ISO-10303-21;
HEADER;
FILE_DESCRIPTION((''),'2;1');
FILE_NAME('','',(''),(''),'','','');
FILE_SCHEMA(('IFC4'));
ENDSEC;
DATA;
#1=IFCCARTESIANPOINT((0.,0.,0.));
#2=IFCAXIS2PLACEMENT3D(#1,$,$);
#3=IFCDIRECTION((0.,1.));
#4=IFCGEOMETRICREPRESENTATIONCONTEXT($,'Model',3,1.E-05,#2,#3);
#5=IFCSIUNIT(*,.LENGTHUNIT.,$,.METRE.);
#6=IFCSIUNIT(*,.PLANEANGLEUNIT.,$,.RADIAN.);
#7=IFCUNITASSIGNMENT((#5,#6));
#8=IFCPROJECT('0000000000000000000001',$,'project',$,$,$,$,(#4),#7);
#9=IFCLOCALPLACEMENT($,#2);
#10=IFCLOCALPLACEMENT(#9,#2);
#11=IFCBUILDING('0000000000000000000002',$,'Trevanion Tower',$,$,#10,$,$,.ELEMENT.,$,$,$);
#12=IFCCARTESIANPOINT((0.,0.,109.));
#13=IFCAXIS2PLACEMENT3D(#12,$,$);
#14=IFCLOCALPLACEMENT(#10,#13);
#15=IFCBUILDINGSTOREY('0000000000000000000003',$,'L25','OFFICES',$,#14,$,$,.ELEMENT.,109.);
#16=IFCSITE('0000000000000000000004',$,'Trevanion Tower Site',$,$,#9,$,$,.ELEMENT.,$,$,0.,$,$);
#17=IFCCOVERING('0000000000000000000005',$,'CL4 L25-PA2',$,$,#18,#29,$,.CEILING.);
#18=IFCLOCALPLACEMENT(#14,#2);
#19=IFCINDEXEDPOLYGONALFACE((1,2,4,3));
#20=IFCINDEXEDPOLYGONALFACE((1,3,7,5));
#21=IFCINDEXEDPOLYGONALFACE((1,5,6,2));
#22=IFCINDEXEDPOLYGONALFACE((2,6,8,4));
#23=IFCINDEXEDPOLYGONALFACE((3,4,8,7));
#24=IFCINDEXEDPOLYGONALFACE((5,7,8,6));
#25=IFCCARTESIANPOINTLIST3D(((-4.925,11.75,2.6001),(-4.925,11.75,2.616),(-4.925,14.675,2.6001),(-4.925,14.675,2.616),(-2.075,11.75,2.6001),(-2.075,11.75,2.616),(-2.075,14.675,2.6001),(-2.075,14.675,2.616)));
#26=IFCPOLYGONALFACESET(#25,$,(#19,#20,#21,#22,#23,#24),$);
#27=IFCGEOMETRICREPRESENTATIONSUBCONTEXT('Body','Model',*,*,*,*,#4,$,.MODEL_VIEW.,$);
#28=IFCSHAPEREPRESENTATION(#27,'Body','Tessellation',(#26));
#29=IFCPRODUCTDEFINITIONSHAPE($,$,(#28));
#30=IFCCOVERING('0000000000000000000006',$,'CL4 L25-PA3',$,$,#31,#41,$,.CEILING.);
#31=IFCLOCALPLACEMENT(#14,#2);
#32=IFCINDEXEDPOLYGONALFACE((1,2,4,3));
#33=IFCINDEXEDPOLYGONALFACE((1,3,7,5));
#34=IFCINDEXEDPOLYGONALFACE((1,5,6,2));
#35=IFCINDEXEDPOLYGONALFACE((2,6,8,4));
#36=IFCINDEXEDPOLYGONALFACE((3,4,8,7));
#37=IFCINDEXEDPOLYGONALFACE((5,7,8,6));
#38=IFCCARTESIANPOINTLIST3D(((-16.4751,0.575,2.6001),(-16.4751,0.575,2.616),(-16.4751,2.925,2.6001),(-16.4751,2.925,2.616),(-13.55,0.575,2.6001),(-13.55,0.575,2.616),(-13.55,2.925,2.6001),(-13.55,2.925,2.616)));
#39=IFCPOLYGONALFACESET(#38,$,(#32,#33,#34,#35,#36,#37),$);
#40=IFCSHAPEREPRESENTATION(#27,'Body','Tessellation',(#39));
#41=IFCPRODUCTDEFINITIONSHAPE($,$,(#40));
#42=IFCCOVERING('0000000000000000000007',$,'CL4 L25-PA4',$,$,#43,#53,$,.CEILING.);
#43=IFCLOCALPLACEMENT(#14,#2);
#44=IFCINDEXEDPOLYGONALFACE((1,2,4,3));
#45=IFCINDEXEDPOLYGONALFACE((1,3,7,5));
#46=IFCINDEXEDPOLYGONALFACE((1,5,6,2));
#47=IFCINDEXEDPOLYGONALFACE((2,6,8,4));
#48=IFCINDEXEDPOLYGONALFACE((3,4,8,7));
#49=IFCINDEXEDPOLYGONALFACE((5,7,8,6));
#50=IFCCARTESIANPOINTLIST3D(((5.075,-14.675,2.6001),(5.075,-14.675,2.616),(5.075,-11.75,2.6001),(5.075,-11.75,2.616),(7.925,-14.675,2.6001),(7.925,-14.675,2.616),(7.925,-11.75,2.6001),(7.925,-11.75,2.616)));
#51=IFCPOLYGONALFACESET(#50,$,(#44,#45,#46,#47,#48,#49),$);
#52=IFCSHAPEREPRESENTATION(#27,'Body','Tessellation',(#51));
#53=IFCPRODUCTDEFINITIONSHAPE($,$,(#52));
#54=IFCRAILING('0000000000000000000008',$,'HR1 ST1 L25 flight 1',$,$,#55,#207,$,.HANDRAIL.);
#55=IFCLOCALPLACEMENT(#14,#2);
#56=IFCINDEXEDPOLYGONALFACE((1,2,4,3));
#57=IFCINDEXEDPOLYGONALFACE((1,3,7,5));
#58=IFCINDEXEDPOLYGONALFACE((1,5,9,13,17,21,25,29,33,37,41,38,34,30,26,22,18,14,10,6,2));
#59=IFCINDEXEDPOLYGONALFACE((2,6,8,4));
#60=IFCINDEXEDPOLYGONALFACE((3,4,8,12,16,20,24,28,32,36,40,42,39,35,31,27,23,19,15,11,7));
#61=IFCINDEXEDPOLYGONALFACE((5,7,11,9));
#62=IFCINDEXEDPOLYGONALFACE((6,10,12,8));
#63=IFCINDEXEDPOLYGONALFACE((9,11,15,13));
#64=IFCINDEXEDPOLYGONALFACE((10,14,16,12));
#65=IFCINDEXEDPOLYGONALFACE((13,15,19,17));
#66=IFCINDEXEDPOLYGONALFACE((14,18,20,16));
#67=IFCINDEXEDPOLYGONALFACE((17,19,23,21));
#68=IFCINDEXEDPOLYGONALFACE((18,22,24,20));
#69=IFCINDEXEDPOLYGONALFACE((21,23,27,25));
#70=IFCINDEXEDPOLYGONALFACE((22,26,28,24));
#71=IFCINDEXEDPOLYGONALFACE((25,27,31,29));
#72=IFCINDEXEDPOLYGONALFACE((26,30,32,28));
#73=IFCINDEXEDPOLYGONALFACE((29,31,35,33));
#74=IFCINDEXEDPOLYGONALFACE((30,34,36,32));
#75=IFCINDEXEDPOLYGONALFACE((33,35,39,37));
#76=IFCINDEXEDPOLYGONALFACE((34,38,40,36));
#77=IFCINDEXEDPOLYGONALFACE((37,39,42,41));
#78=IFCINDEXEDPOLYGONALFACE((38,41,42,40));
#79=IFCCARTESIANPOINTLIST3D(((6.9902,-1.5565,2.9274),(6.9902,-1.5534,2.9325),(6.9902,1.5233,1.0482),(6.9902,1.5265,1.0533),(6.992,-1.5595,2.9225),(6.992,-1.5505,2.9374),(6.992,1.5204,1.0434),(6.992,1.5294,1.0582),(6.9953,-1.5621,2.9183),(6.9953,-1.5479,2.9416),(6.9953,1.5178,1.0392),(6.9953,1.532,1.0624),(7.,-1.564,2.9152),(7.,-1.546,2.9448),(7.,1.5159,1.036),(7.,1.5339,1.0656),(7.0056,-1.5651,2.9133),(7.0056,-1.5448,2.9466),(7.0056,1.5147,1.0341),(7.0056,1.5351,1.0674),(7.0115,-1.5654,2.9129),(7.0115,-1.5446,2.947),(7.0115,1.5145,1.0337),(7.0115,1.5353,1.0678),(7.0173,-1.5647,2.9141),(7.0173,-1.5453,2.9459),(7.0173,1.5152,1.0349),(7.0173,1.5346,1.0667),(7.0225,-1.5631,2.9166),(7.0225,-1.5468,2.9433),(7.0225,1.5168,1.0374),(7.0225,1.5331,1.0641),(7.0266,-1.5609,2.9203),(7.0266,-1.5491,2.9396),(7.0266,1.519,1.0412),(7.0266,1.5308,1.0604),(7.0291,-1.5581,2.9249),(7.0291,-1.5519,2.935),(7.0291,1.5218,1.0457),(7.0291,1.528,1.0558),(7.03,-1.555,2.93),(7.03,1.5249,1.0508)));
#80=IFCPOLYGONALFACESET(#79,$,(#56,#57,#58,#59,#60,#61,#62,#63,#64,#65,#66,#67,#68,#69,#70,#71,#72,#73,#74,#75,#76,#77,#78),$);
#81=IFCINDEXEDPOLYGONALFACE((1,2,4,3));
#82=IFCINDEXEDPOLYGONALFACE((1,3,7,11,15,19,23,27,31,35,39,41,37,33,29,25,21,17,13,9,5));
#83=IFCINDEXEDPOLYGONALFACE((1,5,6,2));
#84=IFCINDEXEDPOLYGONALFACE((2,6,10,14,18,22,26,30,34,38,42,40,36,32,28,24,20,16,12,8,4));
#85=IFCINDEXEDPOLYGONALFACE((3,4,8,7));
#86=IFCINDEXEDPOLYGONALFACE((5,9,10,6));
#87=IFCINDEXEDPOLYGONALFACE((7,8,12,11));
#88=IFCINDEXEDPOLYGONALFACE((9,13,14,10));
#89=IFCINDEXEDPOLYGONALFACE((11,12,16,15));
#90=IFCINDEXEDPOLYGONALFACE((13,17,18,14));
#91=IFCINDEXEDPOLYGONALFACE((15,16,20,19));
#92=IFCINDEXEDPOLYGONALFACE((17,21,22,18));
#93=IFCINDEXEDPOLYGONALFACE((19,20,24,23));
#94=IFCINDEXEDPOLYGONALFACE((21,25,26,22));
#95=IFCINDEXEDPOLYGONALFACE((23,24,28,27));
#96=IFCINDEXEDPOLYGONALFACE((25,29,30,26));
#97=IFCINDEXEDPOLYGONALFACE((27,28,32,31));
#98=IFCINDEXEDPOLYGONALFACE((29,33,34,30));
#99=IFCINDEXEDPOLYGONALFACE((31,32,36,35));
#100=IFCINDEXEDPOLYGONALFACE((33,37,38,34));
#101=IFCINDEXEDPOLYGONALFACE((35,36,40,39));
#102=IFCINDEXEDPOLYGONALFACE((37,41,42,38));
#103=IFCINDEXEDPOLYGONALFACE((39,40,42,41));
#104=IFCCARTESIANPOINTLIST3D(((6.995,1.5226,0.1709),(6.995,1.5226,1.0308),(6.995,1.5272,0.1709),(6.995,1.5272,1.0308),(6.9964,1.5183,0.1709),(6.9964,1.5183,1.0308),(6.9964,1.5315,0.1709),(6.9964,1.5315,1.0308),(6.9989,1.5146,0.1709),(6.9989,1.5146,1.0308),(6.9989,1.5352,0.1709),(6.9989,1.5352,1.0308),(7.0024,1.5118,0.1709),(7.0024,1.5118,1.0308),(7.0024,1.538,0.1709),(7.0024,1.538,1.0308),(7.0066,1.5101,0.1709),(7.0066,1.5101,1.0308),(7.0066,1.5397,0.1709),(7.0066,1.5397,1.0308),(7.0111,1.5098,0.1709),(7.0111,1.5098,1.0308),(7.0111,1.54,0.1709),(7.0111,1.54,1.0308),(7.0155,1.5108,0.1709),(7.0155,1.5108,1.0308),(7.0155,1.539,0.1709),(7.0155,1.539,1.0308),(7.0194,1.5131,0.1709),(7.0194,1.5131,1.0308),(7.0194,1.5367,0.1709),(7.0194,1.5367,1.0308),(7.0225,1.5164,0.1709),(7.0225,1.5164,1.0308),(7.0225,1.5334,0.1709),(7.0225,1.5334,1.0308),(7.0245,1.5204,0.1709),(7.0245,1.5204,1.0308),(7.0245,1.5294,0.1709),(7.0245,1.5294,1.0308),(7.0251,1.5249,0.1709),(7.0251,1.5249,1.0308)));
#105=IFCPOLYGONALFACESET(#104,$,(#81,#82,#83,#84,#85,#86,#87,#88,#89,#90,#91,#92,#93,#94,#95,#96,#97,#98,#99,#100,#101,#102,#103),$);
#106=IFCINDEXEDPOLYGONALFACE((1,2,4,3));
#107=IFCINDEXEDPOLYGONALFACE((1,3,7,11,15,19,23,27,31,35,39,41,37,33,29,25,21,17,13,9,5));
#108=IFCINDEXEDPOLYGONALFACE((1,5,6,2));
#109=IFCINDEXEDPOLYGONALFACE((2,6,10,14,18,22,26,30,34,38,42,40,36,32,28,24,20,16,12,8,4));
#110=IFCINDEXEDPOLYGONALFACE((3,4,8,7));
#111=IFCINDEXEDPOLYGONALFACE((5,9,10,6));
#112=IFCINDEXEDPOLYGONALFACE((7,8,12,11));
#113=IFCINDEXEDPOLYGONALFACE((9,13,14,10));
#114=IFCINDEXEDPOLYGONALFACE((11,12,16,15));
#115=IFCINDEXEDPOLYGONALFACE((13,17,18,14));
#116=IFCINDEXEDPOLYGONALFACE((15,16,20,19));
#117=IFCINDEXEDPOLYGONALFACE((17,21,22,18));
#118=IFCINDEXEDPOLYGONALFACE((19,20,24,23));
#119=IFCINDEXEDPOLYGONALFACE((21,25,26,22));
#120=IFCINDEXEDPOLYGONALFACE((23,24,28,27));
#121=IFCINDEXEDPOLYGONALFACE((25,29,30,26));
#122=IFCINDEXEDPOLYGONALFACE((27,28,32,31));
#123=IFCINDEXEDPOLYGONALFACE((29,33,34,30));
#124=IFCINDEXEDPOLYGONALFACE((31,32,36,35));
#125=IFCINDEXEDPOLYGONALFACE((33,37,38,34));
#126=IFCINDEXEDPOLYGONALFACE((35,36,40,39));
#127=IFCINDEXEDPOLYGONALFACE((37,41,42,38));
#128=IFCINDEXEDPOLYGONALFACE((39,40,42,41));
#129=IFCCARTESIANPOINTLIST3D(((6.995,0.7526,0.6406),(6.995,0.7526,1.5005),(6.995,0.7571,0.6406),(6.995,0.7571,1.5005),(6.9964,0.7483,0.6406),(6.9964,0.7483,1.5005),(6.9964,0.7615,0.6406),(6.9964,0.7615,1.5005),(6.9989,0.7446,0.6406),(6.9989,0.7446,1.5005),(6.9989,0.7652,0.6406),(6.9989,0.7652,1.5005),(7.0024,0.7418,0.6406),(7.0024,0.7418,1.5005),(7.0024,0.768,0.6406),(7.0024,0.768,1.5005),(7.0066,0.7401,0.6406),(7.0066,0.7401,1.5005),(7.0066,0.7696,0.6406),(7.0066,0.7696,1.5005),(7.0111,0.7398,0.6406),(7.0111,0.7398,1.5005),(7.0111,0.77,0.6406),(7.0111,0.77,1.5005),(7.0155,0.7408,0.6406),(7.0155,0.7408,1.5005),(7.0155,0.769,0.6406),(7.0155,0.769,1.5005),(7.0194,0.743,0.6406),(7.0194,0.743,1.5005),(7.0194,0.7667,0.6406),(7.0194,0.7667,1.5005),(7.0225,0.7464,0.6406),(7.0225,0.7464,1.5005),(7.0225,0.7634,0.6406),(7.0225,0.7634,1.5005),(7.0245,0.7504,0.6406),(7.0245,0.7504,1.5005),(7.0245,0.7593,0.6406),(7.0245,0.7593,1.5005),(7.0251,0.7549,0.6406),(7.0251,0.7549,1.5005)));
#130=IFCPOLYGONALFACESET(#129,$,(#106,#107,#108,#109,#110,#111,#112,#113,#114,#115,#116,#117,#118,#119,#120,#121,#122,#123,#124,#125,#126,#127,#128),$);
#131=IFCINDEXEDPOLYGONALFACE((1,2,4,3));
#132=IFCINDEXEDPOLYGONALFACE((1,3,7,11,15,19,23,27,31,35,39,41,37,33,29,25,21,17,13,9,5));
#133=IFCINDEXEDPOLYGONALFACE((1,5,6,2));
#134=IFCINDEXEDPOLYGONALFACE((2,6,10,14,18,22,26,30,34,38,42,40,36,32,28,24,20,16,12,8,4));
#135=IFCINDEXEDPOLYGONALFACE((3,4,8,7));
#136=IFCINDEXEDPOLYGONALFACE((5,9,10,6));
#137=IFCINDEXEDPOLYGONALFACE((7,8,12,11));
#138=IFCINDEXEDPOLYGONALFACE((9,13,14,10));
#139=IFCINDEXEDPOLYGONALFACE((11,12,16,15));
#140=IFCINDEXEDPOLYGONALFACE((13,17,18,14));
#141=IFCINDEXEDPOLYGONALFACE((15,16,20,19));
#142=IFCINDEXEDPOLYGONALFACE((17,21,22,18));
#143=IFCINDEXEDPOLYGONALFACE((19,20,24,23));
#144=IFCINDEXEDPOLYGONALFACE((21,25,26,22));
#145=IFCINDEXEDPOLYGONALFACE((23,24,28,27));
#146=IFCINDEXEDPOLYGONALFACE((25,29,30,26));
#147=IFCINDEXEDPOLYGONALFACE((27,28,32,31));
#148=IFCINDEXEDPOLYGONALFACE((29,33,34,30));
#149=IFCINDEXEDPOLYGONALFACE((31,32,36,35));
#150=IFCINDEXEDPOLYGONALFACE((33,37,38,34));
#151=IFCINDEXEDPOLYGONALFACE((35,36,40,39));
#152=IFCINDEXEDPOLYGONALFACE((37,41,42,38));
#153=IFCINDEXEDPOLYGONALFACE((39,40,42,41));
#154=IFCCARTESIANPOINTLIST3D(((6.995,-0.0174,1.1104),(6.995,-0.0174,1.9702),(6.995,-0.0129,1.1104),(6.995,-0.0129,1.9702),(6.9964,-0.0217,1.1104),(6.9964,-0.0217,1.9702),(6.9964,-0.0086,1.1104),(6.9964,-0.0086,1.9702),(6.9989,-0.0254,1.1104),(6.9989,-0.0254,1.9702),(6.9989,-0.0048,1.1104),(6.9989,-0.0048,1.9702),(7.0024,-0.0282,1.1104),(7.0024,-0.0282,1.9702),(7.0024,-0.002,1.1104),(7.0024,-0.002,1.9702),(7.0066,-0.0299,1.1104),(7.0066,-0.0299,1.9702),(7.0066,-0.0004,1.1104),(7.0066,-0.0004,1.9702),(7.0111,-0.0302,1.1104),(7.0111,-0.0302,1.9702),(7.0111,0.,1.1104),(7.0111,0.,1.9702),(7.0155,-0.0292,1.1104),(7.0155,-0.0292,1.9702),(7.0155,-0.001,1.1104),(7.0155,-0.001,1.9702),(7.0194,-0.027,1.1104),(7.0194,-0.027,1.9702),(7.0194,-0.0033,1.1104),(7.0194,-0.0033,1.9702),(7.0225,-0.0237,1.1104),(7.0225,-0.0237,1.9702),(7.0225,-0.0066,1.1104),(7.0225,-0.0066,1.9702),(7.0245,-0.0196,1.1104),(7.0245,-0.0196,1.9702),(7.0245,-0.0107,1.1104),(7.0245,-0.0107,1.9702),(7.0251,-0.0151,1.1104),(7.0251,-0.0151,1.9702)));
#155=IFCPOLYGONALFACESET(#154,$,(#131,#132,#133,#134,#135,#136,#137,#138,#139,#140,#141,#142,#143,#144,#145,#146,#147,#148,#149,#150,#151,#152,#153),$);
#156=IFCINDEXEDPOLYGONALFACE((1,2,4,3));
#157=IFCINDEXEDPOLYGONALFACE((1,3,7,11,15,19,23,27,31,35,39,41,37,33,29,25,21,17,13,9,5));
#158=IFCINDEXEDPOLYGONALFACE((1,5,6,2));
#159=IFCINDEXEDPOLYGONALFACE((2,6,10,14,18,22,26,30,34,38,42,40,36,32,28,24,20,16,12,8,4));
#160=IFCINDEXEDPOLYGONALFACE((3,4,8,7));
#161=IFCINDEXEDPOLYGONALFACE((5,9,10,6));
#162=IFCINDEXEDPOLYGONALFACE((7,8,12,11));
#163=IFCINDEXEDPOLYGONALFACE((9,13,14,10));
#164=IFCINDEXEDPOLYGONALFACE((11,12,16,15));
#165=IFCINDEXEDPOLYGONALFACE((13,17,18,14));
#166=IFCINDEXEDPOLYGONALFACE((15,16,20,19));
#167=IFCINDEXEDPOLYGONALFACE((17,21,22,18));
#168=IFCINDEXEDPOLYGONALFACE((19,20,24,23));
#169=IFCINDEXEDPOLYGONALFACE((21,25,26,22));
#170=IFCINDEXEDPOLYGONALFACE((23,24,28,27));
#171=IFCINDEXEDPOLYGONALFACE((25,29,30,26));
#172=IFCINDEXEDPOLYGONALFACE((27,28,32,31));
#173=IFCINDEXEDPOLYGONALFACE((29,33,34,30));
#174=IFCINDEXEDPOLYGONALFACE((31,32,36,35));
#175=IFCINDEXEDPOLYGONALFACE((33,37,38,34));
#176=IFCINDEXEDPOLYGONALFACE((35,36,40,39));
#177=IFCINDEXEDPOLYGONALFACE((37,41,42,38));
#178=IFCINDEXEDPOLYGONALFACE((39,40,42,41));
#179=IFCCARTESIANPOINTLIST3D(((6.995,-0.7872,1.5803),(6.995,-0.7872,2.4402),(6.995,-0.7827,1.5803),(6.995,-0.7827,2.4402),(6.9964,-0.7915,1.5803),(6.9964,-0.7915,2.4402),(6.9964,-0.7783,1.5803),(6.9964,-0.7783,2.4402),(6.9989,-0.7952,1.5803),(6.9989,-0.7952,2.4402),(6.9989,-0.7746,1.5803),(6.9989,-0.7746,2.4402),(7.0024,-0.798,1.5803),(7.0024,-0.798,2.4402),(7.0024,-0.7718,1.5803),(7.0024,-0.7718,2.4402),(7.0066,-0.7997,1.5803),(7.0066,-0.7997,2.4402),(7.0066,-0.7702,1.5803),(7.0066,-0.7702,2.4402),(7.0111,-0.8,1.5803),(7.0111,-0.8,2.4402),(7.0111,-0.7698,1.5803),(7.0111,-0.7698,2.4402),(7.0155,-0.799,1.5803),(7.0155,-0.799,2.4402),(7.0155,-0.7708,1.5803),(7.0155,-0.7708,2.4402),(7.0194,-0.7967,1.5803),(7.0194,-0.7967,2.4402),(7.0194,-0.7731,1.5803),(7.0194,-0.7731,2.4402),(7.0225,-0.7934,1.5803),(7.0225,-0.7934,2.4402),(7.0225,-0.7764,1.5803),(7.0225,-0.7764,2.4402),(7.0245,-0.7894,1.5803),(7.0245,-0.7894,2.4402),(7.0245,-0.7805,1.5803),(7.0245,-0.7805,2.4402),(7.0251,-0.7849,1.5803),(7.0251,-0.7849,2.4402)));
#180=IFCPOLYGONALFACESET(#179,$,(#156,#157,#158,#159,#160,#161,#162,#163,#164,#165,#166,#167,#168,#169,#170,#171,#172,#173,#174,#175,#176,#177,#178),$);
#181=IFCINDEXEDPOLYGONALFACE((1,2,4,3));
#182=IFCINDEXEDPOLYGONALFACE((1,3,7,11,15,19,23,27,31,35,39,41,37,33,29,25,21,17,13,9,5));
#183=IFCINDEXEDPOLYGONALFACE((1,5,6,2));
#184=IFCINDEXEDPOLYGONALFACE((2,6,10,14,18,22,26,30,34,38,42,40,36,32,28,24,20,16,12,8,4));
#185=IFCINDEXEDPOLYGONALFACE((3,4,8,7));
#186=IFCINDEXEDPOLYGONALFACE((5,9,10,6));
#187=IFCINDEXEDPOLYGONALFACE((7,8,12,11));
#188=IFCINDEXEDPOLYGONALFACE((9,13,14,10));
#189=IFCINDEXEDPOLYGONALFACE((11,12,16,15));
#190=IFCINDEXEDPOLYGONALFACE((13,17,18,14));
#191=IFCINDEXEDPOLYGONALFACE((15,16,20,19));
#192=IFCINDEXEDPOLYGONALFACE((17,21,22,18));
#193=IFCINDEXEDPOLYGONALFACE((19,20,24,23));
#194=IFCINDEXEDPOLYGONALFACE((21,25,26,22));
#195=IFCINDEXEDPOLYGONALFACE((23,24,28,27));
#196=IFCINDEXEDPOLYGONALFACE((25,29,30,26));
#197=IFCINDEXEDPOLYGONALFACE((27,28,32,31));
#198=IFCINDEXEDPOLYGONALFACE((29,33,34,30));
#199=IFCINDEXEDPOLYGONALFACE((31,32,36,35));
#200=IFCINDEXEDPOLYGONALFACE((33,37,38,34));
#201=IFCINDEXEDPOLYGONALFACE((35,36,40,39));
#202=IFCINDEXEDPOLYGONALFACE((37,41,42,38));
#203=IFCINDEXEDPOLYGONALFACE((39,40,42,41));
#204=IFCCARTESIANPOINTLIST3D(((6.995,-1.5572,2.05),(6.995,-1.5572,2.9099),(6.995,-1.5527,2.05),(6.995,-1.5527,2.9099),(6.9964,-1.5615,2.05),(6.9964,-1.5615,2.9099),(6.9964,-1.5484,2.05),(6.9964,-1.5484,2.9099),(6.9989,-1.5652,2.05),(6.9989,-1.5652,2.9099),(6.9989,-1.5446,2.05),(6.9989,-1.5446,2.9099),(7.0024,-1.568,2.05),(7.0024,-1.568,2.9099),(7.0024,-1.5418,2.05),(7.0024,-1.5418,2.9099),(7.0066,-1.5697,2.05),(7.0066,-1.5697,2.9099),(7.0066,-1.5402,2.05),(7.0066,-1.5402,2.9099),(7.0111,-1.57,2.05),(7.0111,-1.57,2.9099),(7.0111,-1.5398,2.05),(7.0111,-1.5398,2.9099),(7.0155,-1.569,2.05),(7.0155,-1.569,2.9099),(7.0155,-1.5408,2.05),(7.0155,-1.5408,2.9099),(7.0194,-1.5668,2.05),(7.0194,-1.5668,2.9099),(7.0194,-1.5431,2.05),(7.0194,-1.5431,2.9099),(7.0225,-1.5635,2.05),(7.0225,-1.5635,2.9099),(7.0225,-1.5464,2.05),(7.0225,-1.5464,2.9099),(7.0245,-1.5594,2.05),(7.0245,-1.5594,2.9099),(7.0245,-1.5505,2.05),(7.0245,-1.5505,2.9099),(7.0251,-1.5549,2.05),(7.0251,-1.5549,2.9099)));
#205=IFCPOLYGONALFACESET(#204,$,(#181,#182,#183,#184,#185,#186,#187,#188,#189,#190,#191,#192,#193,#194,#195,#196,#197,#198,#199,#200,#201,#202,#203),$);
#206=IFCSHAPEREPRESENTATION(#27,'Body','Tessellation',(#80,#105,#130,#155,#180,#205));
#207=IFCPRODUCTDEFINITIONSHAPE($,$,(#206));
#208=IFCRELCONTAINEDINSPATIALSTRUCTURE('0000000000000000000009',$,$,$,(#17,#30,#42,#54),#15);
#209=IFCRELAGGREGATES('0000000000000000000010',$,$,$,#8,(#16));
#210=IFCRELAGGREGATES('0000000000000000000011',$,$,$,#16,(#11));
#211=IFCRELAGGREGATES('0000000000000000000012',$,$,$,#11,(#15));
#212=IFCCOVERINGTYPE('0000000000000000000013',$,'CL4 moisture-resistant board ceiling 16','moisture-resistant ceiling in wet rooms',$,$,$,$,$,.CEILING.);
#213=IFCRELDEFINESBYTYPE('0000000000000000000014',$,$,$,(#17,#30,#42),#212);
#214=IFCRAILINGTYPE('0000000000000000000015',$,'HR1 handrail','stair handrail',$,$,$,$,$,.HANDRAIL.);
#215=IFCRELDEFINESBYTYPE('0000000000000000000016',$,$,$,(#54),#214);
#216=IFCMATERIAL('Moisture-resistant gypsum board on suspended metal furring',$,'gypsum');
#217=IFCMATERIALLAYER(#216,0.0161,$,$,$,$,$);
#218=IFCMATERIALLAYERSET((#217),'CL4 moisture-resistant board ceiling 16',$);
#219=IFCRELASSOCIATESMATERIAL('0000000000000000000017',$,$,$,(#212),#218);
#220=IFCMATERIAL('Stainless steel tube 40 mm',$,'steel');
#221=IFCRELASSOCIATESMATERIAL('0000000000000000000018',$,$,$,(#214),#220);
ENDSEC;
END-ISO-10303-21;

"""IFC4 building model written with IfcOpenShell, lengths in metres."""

from ifc_helpers import new_model, si_unit, direction, frame, origin, origin_2d, place, context, subcontext, project, spatial, polyline, circle, outline, extrude, material, layer, layer_set, type_object, element, save


model = new_model("IFC4")

# Units and contexts
model_context = context("Model", 3, precision=1e-05, world=origin(), true_north=direction((0.0, 1.0)))
body_context = subcontext(model_context, "Body", "Model", "MODEL_VIEW")
ifc_project = project(units=[si_unit("LENGTHUNIT", "METRE"), si_unit("PLANEANGLEUNIT", "RADIAN")], contexts=[model_context])

# Site, building, storey
site_placement = place(None, origin())
site = spatial("IfcSite", under=ifc_project, at=site_placement, Name="Trevanion Tower Site", CompositionType="ELEMENT", RefElevation=0.0)
building_placement = place(site_placement, origin())
building = spatial("IfcBuilding", under=site, at=building_placement, Name="Trevanion Tower", CompositionType="ELEMENT")
storey_placement = place(building_placement, frame((0.0, 0.0, 109.0)))
storey = spatial("IfcBuildingStorey", under=building, at=storey_placement, Name="L25", Description="OFFICES", CompositionType="ELEMENT", Elevation=109.0)

# Coverings
ifc_material_1 = material(Name="Moisture-resistant gypsum board on suspended metal furring", Category="gypsum")
ifc_layer_1 = layer(ifc_material_1, 0.0161)
ifc_layer_set_1 = layer_set([ifc_layer_1], Name="CL4 moisture-resistant board ceiling 16")
covering_type_1 = type_object("IfcCoveringType", Name="CL4 moisture-resistant board ceiling 16", Description="moisture-resistant ceiling in wet rooms", PredefinedType="CEILING", material=ifc_layer_set_1)
covering_1_placement = place(storey_placement, frame((0.0, 0.0, 2.6001)))
element("IfcCovering", 1, at=covering_1_placement, inside=storey, type_object=covering_type_1, Name="CL4 L25-PA2", PredefinedType="CEILING", context=body_context, shape_type="SweptSolid", body=[
    extrude(outline(polyline([(-4.925, 14.675), (-2.075, 14.675), (-2.075, 11.75), (-4.925, 11.75), (-4.925, 14.675)])), origin(), (0.0, 0.0, 1.0), 0.0159),
])
covering_2_placement = place(storey_placement, frame((0.0, 0.0, 2.6001)))
element("IfcCovering", 2, at=covering_2_placement, inside=storey, type_object=covering_type_1, Name="CL4 L25-PA3", PredefinedType="CEILING", context=body_context, shape_type="SweptSolid", body=[
    extrude(outline(polyline([(-13.55, 2.925), (-13.55, 0.575), (-16.4751, 0.575), (-16.4751, 2.925), (-13.55, 2.925)])), origin(), (0.0, 0.0, 1.0), 0.0159),
])
covering_3_placement = place(storey_placement, frame((0.0, 0.0, 2.6001)))
element("IfcCovering", 3, at=covering_3_placement, inside=storey, type_object=covering_type_1, Name="CL4 L25-PA4", PredefinedType="CEILING", context=body_context, shape_type="SweptSolid", body=[
    extrude(outline(polyline([(7.925, -14.675), (5.075, -14.675), (5.075, -11.75), (7.925, -11.75), (7.925, -14.675)])), origin(), (0.0, 0.0, 1.0), 0.0159),
])

# Railing
ifc_material_2 = material(Name="Stainless steel tube 40 mm", Category="steel")
railing_type = type_object("IfcRailingType", Name="HR1 handrail", Description="stair handrail", PredefinedType="HANDRAIL", material=ifc_material_2)
for number, where, name in (
    (4, (7.01, 1.5249, 0.1709), "HR1 ST1 L25 flight 1"),
):
    element("IfcRailing", number, at=place(storey_placement, frame(where)), inside=storey, type_object=railing_type, Name=name, PredefinedType="HANDRAIL", context=body_context, shape_type="SweptSolid", body=[
        extrude(circle(Radius=0.02, at=origin_2d()), frame((0.0, 0.0, 0.8799), z_axis=(0.0, -0.853648, 0.52085), x_axis=(1.0, 0.0, 0.0)), (0.0, 0.0, 1.0), 3.6079),
        extrude(circle(Radius=0.0151, at=origin_2d()), origin(), (0.0, 0.0, 1.0), 0.8599),
        extrude(circle(Radius=0.0151, at=origin_2d()), frame((0.0, -0.77, 0.4697)), (0.0, 0.0, 1.0), 0.8599),
        extrude(circle(Radius=0.0151, at=origin_2d()), frame((0.0, -1.54, 0.9395)), (0.0, 0.0, 1.0), 0.8599),
        extrude(circle(Radius=0.0151, at=origin_2d()), frame((0.0, -2.3098, 1.4094)), (0.0, 0.0, 1.0), 0.8599),
        extrude(circle(Radius=0.0151, at=origin_2d()), frame((0.0, -3.0798, 1.8792)), (0.0, 0.0, 1.0), 0.8599),
    ])

save(model, "model.ifc")
